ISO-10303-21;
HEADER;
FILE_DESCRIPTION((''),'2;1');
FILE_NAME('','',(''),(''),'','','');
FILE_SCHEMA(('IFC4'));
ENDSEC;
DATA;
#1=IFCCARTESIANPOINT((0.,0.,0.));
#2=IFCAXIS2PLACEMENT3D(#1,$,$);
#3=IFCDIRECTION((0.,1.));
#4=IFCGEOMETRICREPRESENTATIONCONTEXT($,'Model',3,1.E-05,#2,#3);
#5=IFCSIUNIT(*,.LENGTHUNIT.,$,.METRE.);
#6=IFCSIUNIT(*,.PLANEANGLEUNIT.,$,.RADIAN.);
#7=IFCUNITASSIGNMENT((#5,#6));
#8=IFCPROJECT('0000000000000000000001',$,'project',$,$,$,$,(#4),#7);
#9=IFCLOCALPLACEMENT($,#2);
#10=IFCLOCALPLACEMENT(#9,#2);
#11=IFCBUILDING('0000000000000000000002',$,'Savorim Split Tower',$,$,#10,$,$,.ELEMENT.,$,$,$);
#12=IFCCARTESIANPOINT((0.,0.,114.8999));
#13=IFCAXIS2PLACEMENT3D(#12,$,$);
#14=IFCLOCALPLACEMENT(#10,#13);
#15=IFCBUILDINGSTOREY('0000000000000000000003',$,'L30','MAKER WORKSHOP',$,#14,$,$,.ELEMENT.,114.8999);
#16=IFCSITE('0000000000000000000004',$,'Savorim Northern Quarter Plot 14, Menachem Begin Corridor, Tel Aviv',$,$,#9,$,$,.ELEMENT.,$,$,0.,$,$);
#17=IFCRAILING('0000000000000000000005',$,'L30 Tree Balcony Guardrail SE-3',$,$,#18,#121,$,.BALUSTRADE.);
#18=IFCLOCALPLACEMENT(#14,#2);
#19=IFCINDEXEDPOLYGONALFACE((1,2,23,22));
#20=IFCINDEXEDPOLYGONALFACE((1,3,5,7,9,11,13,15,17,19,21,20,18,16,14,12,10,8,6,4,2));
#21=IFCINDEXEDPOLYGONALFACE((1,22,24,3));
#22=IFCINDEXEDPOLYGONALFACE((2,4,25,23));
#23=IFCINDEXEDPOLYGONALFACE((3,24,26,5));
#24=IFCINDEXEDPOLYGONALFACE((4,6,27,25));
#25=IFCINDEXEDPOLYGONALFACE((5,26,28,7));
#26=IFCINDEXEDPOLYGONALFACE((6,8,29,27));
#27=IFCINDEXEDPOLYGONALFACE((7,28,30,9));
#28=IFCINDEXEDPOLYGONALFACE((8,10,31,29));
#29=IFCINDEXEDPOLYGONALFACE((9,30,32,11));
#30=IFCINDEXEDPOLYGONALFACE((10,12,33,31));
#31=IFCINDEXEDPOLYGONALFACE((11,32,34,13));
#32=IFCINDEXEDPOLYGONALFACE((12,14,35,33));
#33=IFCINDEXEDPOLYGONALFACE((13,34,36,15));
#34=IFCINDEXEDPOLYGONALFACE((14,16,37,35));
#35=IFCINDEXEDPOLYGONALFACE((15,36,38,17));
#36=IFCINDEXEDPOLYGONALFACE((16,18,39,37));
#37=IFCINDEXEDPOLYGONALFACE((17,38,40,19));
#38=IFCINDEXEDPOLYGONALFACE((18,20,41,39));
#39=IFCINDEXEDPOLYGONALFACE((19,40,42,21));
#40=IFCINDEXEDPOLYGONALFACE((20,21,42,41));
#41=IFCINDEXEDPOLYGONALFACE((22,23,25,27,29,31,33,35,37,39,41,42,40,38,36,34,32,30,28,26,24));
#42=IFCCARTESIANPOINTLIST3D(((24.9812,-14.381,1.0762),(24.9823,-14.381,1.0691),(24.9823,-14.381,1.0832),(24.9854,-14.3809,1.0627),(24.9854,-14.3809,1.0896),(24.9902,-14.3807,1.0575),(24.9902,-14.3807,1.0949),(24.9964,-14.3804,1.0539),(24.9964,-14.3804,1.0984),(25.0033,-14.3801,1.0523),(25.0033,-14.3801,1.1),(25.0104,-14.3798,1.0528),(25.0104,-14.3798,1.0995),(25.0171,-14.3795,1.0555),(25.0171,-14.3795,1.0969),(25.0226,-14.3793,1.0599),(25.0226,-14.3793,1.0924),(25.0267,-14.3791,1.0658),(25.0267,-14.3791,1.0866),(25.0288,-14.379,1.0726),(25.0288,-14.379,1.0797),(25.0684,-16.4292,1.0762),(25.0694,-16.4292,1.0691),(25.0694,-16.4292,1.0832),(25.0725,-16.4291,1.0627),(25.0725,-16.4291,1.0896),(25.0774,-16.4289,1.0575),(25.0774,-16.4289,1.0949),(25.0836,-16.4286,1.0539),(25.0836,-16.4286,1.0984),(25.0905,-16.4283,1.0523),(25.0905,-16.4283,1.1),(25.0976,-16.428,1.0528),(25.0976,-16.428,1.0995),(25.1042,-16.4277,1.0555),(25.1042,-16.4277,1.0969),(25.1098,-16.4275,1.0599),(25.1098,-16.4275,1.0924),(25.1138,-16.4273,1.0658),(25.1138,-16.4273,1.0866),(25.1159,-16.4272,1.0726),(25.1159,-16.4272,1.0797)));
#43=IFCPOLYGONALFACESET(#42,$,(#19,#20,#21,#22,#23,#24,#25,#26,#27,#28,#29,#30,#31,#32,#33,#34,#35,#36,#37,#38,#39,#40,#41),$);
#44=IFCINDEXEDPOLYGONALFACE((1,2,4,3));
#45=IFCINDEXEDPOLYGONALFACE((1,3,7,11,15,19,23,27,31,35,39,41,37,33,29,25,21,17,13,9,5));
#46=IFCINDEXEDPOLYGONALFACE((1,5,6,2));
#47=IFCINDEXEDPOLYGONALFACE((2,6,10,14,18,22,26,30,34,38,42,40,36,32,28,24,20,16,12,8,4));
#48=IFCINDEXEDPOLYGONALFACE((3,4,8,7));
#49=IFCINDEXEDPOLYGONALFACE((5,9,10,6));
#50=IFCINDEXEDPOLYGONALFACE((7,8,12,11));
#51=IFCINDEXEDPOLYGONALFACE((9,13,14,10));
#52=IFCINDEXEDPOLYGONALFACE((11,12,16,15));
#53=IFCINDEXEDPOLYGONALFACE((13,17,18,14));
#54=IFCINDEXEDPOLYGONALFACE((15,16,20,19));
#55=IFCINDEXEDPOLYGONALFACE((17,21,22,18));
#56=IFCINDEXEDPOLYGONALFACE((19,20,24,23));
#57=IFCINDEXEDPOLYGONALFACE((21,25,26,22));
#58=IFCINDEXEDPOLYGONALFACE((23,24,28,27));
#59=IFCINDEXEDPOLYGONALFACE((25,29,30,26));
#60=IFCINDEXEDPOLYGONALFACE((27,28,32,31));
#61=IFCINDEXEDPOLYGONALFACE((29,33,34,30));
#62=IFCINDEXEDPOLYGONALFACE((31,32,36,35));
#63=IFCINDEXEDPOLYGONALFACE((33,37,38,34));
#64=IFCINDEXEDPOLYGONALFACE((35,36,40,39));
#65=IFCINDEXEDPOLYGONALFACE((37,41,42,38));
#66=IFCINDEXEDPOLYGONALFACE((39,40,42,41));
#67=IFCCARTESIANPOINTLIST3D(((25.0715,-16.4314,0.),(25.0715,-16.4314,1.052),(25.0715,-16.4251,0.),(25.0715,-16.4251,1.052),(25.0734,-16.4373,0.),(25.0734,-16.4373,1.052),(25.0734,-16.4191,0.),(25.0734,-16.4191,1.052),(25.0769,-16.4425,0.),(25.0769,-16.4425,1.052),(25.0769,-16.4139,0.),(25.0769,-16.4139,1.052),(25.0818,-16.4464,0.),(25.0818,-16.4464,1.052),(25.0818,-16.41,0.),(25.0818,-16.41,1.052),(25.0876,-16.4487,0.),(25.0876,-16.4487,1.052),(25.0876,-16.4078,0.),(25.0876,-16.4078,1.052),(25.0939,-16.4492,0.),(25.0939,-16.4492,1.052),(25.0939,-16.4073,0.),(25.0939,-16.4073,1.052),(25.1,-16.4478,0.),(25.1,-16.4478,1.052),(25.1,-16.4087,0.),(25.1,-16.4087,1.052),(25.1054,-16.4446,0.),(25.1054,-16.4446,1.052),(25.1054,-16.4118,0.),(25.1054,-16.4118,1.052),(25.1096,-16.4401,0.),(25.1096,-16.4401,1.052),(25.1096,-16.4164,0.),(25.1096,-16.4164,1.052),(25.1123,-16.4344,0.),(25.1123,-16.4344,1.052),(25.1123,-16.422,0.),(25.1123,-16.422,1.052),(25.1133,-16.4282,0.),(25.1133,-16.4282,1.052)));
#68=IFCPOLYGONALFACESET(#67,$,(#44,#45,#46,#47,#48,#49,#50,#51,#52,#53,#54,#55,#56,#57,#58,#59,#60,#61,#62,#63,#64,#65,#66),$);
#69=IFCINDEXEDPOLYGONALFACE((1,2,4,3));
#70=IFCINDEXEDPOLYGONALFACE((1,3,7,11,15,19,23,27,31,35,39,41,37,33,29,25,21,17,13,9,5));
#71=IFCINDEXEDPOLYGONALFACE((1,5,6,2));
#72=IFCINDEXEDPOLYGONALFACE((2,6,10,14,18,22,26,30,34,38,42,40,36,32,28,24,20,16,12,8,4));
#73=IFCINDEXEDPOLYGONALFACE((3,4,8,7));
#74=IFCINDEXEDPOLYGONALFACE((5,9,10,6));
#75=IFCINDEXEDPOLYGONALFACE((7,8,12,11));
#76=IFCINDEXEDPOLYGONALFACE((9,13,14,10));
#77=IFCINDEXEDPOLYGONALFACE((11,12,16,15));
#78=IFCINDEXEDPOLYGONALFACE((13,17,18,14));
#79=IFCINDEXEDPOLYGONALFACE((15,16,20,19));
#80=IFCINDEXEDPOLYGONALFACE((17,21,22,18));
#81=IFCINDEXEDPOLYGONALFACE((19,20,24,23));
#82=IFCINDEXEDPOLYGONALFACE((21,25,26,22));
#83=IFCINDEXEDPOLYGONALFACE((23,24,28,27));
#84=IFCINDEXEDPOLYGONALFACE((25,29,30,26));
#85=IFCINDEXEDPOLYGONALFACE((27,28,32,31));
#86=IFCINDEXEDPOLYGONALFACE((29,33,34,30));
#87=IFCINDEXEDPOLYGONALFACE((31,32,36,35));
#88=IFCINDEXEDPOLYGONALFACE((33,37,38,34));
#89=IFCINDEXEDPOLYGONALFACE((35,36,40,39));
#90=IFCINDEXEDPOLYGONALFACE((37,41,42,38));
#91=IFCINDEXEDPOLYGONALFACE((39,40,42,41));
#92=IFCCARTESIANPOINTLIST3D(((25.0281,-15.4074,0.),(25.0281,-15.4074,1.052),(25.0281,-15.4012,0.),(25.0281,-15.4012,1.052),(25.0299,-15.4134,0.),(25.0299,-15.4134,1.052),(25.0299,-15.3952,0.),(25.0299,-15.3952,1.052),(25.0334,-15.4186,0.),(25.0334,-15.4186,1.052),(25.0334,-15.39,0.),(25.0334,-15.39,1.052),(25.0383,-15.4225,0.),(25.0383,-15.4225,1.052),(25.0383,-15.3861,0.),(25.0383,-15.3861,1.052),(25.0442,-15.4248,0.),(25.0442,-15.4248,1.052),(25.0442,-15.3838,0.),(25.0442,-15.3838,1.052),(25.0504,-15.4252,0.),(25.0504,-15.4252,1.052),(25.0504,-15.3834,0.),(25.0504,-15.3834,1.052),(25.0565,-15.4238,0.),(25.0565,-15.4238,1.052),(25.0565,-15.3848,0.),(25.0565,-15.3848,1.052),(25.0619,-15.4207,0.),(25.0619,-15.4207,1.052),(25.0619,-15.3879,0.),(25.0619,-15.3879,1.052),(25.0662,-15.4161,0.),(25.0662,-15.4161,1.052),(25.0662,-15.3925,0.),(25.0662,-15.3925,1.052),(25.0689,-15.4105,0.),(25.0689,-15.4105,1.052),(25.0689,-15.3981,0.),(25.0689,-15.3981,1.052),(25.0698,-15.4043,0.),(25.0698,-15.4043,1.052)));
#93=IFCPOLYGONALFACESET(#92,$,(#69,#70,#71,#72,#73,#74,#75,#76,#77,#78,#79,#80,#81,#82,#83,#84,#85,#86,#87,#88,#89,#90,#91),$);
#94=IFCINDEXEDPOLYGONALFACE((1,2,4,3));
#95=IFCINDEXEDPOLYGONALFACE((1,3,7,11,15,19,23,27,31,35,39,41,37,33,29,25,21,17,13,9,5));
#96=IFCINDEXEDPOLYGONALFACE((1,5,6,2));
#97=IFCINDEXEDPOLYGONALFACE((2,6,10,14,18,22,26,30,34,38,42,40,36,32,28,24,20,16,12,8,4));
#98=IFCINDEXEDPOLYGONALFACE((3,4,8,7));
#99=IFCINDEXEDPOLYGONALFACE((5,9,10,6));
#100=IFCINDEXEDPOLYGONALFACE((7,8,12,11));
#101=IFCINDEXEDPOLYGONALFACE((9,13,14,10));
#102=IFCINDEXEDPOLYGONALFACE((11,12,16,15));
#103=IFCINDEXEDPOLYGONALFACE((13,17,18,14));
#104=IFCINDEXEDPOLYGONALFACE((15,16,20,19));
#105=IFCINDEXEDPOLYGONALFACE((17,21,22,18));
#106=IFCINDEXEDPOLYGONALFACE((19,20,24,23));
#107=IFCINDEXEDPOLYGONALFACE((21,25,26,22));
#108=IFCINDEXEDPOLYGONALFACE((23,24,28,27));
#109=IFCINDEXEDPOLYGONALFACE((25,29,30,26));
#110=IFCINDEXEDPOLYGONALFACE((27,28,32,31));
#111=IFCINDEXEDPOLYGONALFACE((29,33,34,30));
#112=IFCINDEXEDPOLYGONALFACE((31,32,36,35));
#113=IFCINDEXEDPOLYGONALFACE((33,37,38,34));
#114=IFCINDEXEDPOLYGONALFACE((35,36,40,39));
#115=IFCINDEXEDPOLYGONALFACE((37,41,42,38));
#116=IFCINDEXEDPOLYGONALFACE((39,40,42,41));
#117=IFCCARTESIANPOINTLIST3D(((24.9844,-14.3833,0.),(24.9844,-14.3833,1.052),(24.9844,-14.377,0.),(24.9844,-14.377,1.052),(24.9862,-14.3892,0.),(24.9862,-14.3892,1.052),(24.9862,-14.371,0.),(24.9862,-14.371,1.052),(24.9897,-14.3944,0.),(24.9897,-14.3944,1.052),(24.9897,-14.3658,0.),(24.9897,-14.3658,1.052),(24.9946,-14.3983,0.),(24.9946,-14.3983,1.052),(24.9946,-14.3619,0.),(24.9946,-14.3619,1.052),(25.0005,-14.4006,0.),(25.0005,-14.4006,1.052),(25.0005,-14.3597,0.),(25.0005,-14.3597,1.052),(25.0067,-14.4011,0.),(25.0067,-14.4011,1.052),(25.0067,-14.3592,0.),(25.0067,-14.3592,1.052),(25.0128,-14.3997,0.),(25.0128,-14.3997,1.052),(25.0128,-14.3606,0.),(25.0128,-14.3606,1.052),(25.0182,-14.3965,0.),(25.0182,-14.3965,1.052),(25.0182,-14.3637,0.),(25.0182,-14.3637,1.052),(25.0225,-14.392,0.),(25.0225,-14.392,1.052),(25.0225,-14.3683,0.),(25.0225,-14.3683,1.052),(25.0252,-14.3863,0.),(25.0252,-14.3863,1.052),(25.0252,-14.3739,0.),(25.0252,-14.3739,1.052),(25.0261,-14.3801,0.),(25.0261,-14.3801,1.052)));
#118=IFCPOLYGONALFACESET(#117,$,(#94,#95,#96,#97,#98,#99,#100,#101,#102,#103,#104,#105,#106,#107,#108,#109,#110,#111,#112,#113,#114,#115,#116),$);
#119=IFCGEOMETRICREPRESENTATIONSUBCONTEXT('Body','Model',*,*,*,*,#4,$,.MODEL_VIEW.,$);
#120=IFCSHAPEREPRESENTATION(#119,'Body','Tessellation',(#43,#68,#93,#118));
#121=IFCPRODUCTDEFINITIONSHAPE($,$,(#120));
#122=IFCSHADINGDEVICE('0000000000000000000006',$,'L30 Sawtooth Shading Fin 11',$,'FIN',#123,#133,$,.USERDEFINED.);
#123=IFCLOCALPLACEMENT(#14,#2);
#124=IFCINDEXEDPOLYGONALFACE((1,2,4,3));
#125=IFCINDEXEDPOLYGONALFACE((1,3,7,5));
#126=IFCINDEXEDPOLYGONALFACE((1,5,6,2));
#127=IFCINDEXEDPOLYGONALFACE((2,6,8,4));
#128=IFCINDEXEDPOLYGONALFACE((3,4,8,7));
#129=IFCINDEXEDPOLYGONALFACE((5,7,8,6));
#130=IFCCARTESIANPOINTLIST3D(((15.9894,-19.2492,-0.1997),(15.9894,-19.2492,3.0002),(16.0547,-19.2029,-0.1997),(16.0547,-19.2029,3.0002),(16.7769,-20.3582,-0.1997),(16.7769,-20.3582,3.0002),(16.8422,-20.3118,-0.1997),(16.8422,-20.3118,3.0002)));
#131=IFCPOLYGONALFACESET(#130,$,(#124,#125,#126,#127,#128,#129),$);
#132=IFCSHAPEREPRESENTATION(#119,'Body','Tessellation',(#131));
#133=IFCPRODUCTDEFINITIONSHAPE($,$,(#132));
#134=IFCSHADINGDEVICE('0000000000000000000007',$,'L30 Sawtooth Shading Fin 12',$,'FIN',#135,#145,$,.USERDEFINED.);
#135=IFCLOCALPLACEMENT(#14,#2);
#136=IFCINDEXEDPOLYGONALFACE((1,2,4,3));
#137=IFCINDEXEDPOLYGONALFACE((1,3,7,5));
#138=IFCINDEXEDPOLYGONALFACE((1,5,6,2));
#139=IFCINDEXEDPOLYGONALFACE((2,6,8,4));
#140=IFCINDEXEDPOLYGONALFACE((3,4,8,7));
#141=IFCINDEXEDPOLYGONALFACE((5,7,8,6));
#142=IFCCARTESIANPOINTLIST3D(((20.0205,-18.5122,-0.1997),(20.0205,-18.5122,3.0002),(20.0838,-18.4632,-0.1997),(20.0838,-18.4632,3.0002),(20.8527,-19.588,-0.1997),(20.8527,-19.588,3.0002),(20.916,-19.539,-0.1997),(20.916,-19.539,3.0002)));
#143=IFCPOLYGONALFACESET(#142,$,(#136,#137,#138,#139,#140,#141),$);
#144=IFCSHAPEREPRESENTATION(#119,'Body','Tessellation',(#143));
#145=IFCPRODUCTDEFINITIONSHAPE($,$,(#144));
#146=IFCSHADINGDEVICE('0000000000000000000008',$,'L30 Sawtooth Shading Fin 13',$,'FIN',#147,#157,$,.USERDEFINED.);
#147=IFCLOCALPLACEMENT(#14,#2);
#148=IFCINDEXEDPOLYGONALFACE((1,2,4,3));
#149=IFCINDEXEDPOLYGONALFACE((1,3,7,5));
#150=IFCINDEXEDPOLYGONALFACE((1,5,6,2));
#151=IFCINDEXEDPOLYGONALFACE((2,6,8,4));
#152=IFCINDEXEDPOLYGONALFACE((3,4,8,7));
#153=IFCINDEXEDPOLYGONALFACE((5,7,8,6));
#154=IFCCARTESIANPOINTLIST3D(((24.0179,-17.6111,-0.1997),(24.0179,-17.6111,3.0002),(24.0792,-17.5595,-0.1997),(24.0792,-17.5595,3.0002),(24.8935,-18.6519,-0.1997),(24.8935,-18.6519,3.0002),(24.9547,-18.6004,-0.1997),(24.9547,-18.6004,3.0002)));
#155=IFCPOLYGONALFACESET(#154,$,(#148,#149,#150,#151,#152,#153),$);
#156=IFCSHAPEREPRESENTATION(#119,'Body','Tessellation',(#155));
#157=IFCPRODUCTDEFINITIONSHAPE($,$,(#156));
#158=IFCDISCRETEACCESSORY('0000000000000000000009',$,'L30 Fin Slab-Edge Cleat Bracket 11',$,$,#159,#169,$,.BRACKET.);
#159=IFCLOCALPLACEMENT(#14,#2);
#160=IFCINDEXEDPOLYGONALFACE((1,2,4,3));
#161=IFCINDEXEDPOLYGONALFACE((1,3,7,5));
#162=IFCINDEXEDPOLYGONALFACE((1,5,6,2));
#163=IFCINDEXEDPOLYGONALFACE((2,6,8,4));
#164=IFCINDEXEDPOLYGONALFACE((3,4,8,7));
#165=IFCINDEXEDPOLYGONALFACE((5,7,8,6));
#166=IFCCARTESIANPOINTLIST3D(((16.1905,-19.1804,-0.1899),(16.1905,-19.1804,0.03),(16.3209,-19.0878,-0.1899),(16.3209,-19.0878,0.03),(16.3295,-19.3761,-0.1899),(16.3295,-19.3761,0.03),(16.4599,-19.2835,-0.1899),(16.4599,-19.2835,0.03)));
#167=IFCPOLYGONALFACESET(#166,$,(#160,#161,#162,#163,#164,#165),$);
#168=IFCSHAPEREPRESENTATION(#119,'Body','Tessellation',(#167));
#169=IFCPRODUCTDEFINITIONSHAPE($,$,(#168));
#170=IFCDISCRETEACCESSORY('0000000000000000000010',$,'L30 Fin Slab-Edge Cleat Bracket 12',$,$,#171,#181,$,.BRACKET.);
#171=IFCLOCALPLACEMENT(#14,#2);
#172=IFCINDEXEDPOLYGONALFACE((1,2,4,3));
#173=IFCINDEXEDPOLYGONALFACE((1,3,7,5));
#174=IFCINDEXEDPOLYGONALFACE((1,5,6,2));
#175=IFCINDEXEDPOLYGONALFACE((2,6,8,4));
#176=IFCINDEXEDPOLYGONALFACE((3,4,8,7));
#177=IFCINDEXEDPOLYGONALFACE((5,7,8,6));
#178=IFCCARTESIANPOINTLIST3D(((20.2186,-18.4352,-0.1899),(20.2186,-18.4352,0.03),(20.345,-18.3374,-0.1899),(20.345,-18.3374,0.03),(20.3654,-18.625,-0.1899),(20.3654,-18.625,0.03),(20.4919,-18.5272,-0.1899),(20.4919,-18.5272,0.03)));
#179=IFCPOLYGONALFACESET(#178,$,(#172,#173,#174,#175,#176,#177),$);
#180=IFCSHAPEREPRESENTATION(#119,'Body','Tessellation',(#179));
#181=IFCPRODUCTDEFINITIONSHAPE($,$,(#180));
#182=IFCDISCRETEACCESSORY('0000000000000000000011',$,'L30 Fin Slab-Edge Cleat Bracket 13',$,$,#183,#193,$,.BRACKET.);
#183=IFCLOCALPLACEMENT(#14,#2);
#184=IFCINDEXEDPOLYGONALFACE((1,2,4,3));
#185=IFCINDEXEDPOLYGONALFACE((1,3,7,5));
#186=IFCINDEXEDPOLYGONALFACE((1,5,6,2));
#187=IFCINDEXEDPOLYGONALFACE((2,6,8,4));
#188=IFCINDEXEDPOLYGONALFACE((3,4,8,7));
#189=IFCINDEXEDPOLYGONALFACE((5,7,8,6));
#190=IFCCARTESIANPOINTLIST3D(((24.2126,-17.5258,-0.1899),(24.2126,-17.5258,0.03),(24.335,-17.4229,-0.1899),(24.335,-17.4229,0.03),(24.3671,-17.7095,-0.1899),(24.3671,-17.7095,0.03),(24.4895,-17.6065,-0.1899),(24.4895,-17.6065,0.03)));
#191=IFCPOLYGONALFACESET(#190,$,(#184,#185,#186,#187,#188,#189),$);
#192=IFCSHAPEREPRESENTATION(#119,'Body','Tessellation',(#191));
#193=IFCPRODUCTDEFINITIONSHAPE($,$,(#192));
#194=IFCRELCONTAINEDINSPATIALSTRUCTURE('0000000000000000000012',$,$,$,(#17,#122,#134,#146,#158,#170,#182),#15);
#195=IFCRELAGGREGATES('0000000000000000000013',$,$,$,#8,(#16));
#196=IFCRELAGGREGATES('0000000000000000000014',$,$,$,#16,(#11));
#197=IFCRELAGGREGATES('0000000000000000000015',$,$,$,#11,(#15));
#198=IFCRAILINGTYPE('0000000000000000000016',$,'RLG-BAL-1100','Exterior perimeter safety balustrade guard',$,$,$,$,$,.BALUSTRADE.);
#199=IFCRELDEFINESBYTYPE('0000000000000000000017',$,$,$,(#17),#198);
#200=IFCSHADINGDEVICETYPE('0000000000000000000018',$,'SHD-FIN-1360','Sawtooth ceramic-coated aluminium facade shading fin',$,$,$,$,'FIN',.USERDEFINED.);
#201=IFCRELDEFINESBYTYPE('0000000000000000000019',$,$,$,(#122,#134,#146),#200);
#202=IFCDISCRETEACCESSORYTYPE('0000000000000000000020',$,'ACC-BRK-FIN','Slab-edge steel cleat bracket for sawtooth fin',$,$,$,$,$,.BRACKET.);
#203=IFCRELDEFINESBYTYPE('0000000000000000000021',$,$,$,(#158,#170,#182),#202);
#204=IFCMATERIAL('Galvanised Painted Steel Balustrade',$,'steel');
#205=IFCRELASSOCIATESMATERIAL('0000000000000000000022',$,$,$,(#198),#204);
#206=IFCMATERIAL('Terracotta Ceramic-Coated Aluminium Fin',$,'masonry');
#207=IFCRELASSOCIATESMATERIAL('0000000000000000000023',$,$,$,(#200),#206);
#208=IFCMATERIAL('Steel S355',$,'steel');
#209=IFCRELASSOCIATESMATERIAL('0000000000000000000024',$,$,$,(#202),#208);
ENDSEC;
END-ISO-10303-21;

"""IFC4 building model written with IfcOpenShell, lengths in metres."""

from ifc_helpers import new_model, si_unit, direction, frame, origin, origin_2d, place, context, subcontext, project, spatial, rectangle, circle, extrude, material, type_object, element, save


model = new_model("IFC4")

# Units and contexts
model_context = context("Model", 3, precision=1e-05, world=origin(), true_north=direction((0.0, 1.0)))
body_context = subcontext(model_context, "Body", "Model", "MODEL_VIEW")
ifc_project = project(units=[si_unit("LENGTHUNIT", "METRE"), si_unit("PLANEANGLEUNIT", "RADIAN")], contexts=[model_context])

# Site, building, storey
site_placement = place(None, origin())
site = spatial("IfcSite", under=ifc_project, at=site_placement, Name="Savorim Northern Quarter Plot 14, Menachem Begin Corridor, Tel Aviv", CompositionType="ELEMENT", RefElevation=0.0)
building_placement = place(site_placement, origin())
building = spatial("IfcBuilding", under=site, at=building_placement, Name="Savorim Split Tower", CompositionType="ELEMENT")
storey_placement = place(building_placement, frame((0.0, 0.0, 114.8999)))
storey = spatial("IfcBuildingStorey", under=building, at=storey_placement, Name="L30", Description="MAKER WORKSHOP", CompositionType="ELEMENT", Elevation=114.8999)

# Shared definitions
ifc_material_1 = material(Name="Steel S355", Category="steel")

# Railing
ifc_material_2 = material(Name="Galvanised Painted Steel Balustrade", Category="steel")
railing_type = type_object("IfcRailingType", Name="RLG-BAL-1100", Description="Exterior perimeter safety balustrade guard", PredefinedType="BALUSTRADE", material=ifc_material_2)
railing_1_placement = place(storey_placement, frame((25.0923, -16.4282, 0.0)))
element("IfcRailing", 1, at=railing_1_placement, inside=storey, type_object=railing_type, Name="L30 Tree Balcony Guardrail SE-3", PredefinedType="BALUSTRADE", context=body_context, shape_type="SweptSolid", body=[
    extrude(circle(Radius=0.0239, at=origin_2d()), frame((0.0, 0.0, 1.0762), z_axis=(-0.042517, 0.999096, 0.0), x_axis=(-0.999096, -0.042517, 0.0)), (0.0, 0.0, 1.0), 2.05),
    extrude(circle(Radius=0.021, at=origin_2d()), origin(), (0.0, 0.0, 1.0), 1.052),
    extrude(circle(Radius=0.021, at=origin_2d()), frame((-0.0435, 1.0239, 0.0)), (0.0, 0.0, 1.0), 1.052),
    extrude(circle(Radius=0.021, at=origin_2d()), frame((-0.0872, 2.0481, 0.0)), (0.0, 0.0, 1.0), 1.052),
])

# Shading devices
ifc_material_3 = material(Name="Terracotta Ceramic-Coated Aluminium Fin", Category="masonry")
shading_device_type = type_object("IfcShadingDeviceType", Name="SHD-FIN-1360", Description="Sawtooth ceramic-coated aluminium facade shading fin", ElementType="FIN", PredefinedType="USERDEFINED", material=ifc_material_3)
for number, where, z_axis, x_axis, name in (
    (2, (16.4158, -19.7805, -0.1997), (0.0, 0.0, 1.0), (0.578994, -0.815332, 0.0), "L30 Sawtooth Shading Fin 11"),
    (3, (20.4683, -19.0256, -0.1997), (0.0, 0.0, 1.0), (0.611868, -0.79096, 0.0), "L30 Sawtooth Shading Fin 12"),
    (4, (24.4863, -18.1057, -0.1997), (0.0, 0.0, 1.0), (0.643719, -0.765262, 0.0), "L30 Sawtooth Shading Fin 13"),
):
    element("IfcShadingDevice", number, at=place(storey_placement, frame(where, z_axis=z_axis, x_axis=x_axis)), inside=storey, type_object=shading_device_type, Name=name, ObjectType="FIN", PredefinedType="USERDEFINED", context=body_context, shape_type="SweptSolid", body=[
        extrude(rectangle(XDim=1.3601, YDim=0.0801, at=origin_2d()), origin(), (0.0, 0.0, 1.0), 3.2),
    ])

# Discrete accessories
discrete_accessory_type = type_object("IfcDiscreteAccessoryType", Name="ACC-BRK-FIN", Description="Slab-edge steel cleat bracket for sawtooth fin", PredefinedType="BRACKET", material=ifc_material_1)
for number, where, z_axis, x_axis, name in (
    (5, (16.3252, -19.2319, -0.1899), (0.0, 0.0, 1.0), (0.578994, -0.815332, 0.0), "L30 Fin Slab-Edge Cleat Bracket 11"),
    (6, (20.3552, -18.4812, -0.1899), (0.0, 0.0, 1.0), (0.611868, -0.79096, 0.0), "L30 Fin Slab-Edge Cleat Bracket 12"),
    (7, (24.3511, -17.5662, -0.1899), (0.0, 0.0, 1.0), (0.643719, -0.765262, 0.0), "L30 Fin Slab-Edge Cleat Bracket 13"),
):
    element("IfcDiscreteAccessory", number, at=place(storey_placement, frame(where, z_axis=z_axis, x_axis=x_axis)), inside=storey, type_object=discrete_accessory_type, Name=name, PredefinedType="BRACKET", context=body_context, shape_type="SweptSolid", body=[
        extrude(rectangle(XDim=0.24, YDim=0.1599, at=origin_2d()), origin(), (0.0, 0.0, 1.0), 0.22),
    ])

save(model, "model.ifc")
